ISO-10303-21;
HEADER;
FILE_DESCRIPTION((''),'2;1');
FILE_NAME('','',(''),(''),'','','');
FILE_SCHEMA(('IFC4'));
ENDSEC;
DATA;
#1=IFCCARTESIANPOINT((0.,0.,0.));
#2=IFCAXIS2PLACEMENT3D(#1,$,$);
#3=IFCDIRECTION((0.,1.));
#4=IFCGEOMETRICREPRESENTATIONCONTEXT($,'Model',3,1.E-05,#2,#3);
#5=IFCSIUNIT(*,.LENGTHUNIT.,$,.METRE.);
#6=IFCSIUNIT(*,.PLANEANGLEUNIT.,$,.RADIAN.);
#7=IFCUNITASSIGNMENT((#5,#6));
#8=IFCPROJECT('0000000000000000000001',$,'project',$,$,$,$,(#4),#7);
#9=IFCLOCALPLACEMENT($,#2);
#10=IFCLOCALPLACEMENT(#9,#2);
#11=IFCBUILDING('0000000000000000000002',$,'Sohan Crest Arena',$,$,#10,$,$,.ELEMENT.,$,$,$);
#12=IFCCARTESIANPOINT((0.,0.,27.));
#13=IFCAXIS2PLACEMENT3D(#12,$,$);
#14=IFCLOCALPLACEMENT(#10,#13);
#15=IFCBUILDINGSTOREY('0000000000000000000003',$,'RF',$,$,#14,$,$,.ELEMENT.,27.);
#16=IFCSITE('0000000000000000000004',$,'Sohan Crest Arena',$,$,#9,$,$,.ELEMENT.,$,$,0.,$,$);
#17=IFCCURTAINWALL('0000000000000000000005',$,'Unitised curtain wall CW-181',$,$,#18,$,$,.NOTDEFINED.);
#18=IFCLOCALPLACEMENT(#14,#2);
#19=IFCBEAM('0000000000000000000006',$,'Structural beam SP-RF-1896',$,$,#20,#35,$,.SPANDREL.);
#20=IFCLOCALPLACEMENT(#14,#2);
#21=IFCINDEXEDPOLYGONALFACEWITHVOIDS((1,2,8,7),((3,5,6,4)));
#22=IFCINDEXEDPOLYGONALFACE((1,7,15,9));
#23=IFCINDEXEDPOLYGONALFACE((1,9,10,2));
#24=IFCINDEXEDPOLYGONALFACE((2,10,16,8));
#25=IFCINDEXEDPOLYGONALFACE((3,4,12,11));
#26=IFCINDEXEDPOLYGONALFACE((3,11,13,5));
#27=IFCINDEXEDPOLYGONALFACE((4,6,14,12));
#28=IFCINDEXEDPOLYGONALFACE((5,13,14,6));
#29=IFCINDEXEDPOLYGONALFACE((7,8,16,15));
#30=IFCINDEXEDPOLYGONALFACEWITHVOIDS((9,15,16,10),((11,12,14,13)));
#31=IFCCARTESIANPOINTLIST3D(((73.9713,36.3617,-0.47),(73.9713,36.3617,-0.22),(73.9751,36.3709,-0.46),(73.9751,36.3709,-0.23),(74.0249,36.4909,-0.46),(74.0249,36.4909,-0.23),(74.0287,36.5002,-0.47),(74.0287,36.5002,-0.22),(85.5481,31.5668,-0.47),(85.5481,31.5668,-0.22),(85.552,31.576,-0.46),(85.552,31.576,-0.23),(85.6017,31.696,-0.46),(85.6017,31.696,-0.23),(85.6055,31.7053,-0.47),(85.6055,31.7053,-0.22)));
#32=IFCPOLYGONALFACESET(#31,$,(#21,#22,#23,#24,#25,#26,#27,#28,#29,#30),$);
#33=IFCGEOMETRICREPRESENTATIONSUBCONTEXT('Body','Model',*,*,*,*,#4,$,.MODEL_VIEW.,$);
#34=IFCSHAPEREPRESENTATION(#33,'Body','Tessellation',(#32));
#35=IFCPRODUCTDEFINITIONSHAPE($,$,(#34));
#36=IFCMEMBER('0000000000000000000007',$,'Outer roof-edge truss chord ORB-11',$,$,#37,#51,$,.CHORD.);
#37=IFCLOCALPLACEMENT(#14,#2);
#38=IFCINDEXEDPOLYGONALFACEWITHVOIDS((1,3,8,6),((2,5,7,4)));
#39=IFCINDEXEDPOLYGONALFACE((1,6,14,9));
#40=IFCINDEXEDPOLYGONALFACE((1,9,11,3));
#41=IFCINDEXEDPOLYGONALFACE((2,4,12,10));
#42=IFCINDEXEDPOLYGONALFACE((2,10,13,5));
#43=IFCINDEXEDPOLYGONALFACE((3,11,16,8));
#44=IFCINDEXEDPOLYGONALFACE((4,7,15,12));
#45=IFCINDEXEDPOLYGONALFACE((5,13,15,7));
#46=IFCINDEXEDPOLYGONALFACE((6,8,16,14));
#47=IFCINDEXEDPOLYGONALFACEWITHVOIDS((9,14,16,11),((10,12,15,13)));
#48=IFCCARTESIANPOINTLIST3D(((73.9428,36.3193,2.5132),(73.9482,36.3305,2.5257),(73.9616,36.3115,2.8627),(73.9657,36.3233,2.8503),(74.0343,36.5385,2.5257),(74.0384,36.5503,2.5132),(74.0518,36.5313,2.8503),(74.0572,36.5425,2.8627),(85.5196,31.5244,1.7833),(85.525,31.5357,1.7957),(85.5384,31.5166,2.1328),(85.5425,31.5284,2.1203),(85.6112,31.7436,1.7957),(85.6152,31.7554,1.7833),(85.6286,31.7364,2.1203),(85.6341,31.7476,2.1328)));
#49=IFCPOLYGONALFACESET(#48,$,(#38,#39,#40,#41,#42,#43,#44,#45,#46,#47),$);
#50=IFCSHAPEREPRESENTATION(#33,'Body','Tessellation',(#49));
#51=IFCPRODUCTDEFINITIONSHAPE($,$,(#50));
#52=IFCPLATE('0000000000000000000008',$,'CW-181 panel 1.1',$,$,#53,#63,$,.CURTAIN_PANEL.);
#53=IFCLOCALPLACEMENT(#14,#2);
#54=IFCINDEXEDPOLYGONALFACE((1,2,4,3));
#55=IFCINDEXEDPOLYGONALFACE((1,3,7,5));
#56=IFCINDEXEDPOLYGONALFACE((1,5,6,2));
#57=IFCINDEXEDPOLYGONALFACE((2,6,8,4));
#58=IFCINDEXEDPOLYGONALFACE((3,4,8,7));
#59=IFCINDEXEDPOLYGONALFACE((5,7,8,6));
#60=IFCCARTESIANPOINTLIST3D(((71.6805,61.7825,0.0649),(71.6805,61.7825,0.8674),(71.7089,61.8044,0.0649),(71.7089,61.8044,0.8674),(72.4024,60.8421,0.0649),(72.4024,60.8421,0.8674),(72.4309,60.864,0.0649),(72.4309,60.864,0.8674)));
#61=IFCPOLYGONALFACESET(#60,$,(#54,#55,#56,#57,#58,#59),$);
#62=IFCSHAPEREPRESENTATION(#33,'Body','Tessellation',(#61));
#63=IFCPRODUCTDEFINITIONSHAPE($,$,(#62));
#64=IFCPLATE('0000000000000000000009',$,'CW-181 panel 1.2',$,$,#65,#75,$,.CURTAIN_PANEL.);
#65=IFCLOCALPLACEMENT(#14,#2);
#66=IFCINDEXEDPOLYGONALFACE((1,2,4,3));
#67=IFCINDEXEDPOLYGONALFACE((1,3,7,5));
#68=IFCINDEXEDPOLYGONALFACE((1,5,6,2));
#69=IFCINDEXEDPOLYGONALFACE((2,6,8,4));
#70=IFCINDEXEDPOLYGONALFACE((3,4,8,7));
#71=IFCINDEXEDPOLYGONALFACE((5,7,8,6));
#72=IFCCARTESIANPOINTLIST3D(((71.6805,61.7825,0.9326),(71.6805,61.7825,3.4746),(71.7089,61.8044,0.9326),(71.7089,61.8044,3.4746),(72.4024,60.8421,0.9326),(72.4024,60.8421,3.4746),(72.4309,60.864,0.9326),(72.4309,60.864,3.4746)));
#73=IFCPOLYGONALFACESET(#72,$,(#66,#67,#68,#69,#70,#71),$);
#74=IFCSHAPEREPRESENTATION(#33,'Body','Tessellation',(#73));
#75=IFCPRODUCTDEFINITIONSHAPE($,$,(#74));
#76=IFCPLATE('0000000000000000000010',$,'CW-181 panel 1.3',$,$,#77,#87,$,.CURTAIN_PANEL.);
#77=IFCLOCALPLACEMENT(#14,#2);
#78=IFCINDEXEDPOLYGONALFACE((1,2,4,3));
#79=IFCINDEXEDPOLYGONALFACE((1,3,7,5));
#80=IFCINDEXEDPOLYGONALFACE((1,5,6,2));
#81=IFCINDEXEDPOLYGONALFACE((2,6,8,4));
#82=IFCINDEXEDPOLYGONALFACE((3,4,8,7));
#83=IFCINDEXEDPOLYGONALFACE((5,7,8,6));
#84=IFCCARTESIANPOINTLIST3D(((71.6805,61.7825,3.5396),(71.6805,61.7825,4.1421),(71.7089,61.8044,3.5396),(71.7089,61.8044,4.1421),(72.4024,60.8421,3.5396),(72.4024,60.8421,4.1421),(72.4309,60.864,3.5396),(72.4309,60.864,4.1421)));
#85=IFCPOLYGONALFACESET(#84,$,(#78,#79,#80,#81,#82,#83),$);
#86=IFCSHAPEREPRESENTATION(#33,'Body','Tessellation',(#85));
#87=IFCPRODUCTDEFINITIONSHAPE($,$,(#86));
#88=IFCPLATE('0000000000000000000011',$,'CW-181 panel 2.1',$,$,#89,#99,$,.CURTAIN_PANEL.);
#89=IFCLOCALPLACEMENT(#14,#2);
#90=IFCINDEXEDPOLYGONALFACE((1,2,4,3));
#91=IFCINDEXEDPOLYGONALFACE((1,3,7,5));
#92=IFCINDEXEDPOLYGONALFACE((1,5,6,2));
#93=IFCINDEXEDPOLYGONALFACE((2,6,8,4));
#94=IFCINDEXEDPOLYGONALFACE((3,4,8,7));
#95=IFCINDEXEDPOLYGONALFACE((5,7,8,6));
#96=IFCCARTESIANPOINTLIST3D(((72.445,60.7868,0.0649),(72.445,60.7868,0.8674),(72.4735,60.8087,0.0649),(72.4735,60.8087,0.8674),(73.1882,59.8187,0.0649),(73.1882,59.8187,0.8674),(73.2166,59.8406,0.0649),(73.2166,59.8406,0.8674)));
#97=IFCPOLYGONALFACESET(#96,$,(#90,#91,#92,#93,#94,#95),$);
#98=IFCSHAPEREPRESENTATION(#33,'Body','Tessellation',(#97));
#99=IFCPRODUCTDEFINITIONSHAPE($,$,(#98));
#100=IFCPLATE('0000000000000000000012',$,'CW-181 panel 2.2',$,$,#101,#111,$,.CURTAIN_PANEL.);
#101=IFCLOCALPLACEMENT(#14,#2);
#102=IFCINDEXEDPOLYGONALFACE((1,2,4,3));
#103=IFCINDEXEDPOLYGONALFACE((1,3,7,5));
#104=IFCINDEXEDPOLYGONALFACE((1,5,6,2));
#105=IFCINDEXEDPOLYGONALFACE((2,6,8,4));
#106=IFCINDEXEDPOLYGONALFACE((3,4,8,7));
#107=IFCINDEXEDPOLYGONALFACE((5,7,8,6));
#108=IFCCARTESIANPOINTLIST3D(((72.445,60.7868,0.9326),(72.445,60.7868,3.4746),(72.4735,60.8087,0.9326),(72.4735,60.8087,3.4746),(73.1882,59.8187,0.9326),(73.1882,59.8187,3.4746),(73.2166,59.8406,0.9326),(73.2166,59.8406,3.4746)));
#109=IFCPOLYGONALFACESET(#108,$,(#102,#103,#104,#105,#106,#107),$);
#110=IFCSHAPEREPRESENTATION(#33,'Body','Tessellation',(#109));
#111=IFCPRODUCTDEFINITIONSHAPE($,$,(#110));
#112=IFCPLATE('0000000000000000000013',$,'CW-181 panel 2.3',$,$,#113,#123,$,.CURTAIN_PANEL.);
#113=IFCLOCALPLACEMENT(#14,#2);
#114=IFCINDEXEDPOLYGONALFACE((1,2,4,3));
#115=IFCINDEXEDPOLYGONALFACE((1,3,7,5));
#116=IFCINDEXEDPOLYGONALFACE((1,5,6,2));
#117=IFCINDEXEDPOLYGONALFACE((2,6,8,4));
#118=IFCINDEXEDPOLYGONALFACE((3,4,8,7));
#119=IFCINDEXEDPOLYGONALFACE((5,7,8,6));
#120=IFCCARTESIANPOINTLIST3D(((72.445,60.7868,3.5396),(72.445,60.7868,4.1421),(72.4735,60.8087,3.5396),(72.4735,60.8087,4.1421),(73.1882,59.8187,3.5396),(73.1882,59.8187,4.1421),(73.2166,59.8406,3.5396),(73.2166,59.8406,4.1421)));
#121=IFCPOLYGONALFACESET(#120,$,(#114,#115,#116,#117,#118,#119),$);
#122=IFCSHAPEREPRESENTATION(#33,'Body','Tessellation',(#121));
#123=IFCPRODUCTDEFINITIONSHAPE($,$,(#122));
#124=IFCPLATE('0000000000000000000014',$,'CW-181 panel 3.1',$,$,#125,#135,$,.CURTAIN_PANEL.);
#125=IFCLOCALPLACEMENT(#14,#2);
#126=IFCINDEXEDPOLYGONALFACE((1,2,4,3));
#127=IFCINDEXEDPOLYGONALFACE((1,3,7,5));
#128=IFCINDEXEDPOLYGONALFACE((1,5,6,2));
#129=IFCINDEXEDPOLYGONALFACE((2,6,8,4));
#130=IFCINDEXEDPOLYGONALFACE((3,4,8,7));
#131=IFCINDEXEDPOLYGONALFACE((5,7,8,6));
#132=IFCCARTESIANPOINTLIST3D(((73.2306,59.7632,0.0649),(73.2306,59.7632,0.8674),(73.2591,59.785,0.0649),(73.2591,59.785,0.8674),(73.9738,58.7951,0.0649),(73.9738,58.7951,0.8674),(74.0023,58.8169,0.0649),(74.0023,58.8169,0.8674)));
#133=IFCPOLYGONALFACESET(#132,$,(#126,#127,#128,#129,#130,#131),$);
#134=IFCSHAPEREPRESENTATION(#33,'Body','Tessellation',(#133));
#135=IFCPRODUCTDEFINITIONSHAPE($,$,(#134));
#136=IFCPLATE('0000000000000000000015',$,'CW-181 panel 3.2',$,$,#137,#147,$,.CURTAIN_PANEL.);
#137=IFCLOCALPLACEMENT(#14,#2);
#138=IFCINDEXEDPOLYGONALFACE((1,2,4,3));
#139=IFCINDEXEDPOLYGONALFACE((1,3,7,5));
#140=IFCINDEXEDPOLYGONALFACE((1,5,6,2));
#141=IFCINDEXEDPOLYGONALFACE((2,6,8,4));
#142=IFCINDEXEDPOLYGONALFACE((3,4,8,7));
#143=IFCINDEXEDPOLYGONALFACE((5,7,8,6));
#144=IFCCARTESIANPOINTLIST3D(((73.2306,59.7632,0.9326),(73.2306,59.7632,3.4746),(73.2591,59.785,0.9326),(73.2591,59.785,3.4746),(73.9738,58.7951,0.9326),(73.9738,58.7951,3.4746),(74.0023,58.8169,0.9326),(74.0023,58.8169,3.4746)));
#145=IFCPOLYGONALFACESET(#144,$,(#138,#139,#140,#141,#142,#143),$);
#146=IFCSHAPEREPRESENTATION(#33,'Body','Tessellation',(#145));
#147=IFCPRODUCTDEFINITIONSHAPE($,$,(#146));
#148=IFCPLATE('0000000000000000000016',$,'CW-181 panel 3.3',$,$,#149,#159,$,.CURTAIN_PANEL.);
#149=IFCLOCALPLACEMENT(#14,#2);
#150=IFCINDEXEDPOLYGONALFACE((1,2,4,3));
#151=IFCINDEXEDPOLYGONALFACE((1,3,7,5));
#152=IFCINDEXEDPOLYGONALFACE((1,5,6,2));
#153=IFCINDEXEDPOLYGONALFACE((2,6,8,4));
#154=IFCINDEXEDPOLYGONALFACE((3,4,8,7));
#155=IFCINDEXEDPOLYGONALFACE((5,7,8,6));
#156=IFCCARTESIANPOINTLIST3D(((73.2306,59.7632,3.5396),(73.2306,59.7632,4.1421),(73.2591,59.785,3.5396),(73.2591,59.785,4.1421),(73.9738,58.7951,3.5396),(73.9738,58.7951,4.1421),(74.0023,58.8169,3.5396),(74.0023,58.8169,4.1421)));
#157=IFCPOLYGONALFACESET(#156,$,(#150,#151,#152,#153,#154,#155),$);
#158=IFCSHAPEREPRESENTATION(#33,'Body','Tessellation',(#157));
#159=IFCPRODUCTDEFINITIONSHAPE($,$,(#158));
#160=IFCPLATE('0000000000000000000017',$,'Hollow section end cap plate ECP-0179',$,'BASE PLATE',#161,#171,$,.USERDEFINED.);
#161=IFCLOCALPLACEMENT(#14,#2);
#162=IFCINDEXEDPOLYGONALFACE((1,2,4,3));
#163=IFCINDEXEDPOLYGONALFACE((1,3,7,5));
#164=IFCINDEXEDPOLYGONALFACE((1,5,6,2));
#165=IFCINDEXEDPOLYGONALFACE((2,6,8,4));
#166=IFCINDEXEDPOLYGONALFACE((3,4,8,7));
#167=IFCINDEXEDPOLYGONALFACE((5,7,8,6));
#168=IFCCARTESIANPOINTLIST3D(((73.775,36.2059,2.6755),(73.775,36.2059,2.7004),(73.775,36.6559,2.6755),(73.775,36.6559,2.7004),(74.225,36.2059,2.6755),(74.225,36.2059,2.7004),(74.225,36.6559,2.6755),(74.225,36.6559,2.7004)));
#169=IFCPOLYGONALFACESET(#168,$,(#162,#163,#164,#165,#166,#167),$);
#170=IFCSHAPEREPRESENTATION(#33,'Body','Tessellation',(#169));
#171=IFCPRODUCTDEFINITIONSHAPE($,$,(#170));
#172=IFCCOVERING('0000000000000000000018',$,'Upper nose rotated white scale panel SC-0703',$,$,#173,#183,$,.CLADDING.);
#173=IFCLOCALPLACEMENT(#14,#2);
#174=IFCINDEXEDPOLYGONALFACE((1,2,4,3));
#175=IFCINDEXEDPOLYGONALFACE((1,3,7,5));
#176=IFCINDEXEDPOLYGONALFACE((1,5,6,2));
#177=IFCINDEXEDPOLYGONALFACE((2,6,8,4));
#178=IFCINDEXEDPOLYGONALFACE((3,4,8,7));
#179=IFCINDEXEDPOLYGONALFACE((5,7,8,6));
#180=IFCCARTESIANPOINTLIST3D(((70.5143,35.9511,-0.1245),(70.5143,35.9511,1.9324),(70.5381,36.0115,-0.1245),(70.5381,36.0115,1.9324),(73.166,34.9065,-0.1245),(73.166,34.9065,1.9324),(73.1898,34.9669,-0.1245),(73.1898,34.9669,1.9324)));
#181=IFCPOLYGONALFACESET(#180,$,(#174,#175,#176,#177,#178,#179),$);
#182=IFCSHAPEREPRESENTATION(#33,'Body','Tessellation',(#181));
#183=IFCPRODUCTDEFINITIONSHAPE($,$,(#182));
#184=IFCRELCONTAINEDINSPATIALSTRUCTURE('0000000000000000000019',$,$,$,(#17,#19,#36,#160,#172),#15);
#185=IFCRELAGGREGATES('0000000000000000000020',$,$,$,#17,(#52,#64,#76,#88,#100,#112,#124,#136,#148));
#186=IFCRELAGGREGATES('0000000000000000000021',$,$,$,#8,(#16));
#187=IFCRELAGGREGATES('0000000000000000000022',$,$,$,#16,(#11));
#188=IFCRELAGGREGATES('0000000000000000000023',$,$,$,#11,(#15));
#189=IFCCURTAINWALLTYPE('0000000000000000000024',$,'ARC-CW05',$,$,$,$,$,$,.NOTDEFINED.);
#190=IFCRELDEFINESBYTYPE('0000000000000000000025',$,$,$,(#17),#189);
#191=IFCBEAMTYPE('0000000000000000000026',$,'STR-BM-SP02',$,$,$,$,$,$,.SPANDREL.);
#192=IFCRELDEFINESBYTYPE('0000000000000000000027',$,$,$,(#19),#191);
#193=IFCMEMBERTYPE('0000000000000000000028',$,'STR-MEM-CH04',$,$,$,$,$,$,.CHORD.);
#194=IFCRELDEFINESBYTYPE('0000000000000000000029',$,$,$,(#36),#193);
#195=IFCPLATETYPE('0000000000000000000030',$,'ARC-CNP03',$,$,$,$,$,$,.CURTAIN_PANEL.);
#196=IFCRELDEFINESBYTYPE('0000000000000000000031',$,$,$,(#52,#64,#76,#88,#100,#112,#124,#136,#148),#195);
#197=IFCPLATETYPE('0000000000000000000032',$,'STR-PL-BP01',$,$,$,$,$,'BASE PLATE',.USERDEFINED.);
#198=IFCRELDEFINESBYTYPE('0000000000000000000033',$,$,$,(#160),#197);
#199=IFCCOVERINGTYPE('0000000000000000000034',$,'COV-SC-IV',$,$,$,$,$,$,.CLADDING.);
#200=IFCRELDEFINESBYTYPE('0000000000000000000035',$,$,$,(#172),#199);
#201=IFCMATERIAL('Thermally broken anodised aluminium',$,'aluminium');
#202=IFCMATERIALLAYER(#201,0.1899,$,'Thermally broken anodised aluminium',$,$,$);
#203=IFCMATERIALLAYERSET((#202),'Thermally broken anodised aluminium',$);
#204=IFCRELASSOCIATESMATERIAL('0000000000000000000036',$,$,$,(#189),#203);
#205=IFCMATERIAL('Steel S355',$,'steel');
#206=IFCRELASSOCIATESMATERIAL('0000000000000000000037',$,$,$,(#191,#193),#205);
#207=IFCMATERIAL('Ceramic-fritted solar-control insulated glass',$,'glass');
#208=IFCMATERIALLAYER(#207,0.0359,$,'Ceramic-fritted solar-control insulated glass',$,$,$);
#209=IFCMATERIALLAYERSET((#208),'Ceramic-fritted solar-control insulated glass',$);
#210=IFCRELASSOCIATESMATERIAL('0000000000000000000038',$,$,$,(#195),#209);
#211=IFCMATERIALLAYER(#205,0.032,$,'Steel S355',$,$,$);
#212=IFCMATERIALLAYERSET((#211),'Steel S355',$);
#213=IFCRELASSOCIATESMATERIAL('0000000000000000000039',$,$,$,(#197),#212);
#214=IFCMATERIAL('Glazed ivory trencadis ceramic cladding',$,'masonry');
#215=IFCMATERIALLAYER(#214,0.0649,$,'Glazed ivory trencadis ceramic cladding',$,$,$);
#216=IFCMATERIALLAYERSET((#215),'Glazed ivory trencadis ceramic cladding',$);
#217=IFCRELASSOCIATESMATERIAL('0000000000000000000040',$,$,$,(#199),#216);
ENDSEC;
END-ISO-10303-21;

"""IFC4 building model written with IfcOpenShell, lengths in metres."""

from ifc_helpers import new_model, si_unit, direction, frame, origin, origin_2d, place, context, subcontext, project, spatial, rectangle, hollow_rectangle, extrude, material, layer, layer_set, material_profile, profile_set, type_object, element, aggregate, save


model = new_model("IFC4")

# Units and contexts
model_context = context("Model", 3, precision=1e-05, world=origin(), true_north=direction((0.0, 1.0)))
body_context = subcontext(model_context, "Body", "Model", "MODEL_VIEW")
ifc_project = project(units=[si_unit("LENGTHUNIT", "METRE"), si_unit("PLANEANGLEUNIT", "RADIAN")], contexts=[model_context])

# Site, building, storey
site_placement = place(None, origin())
site = spatial("IfcSite", under=ifc_project, at=site_placement, Name="Sohan Crest Arena", CompositionType="ELEMENT", RefElevation=0.0)
building_placement = place(site_placement, origin())
building = spatial("IfcBuilding", under=site, at=building_placement, Name="Sohan Crest Arena", CompositionType="ELEMENT")
storey_placement = place(building_placement, frame((0.0, 0.0, 27.0)))
storey = spatial("IfcBuildingStorey", under=building, at=storey_placement, Name="RF", CompositionType="ELEMENT", Elevation=27.0)

# Shared definitions
ifc_material_1 = material(Name="Steel S355", Category="steel")

# Curtain wall
ifc_material_2 = material(Name="Thermally broken anodised aluminium", Category="aluminium")
ifc_layer_1 = layer(ifc_material_2, 0.1899, Name="Thermally broken anodised aluminium")
ifc_layer_set_1 = layer_set([ifc_layer_1], Name="Thermally broken anodised aluminium")
curtain_wall_type = type_object("IfcCurtainWallType", Name="ARC-CW05", PredefinedType="NOTDEFINED", material=ifc_layer_set_1)
curtain_wall_placement = place(storey_placement, origin())
curtain_wall = element("IfcCurtainWall", 1, at=curtain_wall_placement, inside=storey, type_object=curtain_wall_type, Name="Unitised curtain wall CW-181", PredefinedType="NOTDEFINED")

# Beam
ifc_material_profile_1 = material_profile(ifc_material_1, hollow_rectangle(XDim=0.1499, YDim=0.25, WallThickness=0.01, at=origin_2d()), Name="RHS 250x150x10")
ifc_profile_set_1 = profile_set([ifc_material_profile_1], Name="Steel S355")
beam_type_1 = type_object("IfcBeamType", Name="STR-BM-SP02", PredefinedType="SPANDREL", material=ifc_profile_set_1)
beam_1_placement = place(storey_placement, frame((74.0, 36.4309, -0.345), z_axis=(0.923891, -0.382657, 0.0), x_axis=(0.382657, 0.923891, 0.0)))
element("IfcBeam", 2, at=beam_1_placement, inside=storey, type_object=beam_type_1, Name="Structural beam SP-RF-1896", PredefinedType="SPANDREL", context=body_context, shape_type="SweptSolid", body=[
    extrude(hollow_rectangle(XDim=0.1499, YDim=0.25, WallThickness=0.01, at=origin_2d()), origin(), (0.0, 0.0, 1.0), 12.5305),
])

# Member
ifc_material_profile_2 = material_profile(ifc_material_1, hollow_rectangle(XDim=0.25, YDim=0.3501, WallThickness=0.0125, at=origin_2d()), Name="RHS 350x250x12.5")
ifc_profile_set_2 = profile_set([ifc_material_profile_2], Name="Steel S355")
member_type_1 = type_object("IfcMemberType", Name="STR-MEM-CH04", PredefinedType="CHORD", material=ifc_profile_set_2)
member_1_placement = place(storey_placement, frame((74.0, 36.4309, 2.688), z_axis=(0.922327, -0.382009, -0.058157), x_axis=(0.382657, 0.923891, 0.0)))
element("IfcMember", 3, at=member_1_placement, inside=storey, type_object=member_type_1, Name="Outer roof-edge truss chord ORB-11", PredefinedType="CHORD", context=body_context, shape_type="SweptSolid", body=[
    extrude(hollow_rectangle(XDim=0.25, YDim=0.3501, WallThickness=0.0125, at=origin_2d()), origin(), (0.0, 0.0, 1.0), 12.5518),
])

# Plates
ifc_material_3 = material(Name="Ceramic-fritted solar-control insulated glass", Category="glass")
ifc_layer_2 = layer(ifc_material_3, 0.0359, Name="Ceramic-fritted solar-control insulated glass")
ifc_layer_set_2 = layer_set([ifc_layer_2], Name="Ceramic-fritted solar-control insulated glass")
plate_type_1 = type_object("IfcPlateType", Name="ARC-CNP03", PredefinedType="CURTAIN_PANEL", material=ifc_layer_set_2)
plate_1_placement = place(storey_placement, frame((72.0557, 61.3232, 0.0649), z_axis=(0.0, 0.0, 1.0), x_axis=(0.608939, -0.793217, 0.0)))
plate_1 = element("IfcPlate", 4, at=plate_1_placement, type_object=plate_type_1, Name="CW-181 panel 1.1", PredefinedType="CURTAIN_PANEL", context=body_context, shape_type="SweptSolid", body=[
    extrude(rectangle(XDim=1.1855, YDim=0.0359, at=origin_2d()), origin(), (0.0, 0.0, 1.0), 0.8025),
])
plate_2_placement = place(storey_placement, frame((72.0557, 61.3232, 0.9326), z_axis=(0.0, 0.0, 1.0), x_axis=(0.608939, -0.793217, 0.0)))
plate_2 = element("IfcPlate", 5, at=plate_2_placement, type_object=plate_type_1, Name="CW-181 panel 1.2", PredefinedType="CURTAIN_PANEL", context=body_context, shape_type="SweptSolid", body=[
    extrude(rectangle(XDim=1.1855, YDim=0.0359, at=origin_2d()), origin(), (0.0, 0.0, 1.0), 2.542),
])
plate_3_placement = place(storey_placement, frame((72.0557, 61.3232, 3.5396), z_axis=(0.0, 0.0, 1.0), x_axis=(0.608939, -0.793217, 0.0)))
plate_3 = element("IfcPlate", 6, at=plate_3_placement, type_object=plate_type_1, Name="CW-181 panel 1.3", PredefinedType="CURTAIN_PANEL", context=body_context, shape_type="SweptSolid", body=[
    extrude(rectangle(XDim=1.1855, YDim=0.0359, at=origin_2d()), origin(), (0.0, 0.0, 1.0), 0.6025),
])
plate_4_placement = place(storey_placement, frame((72.8308, 60.3137, 0.0649), z_axis=(0.0, 0.0, 1.0), x_axis=(0.608939, -0.793217, 0.0)))
plate_4 = element("IfcPlate", 7, at=plate_4_placement, type_object=plate_type_1, Name="CW-181 panel 2.1", PredefinedType="CURTAIN_PANEL", context=body_context, shape_type="SweptSolid", body=[
    extrude(rectangle(XDim=1.2205, YDim=0.0359, at=origin_2d()), origin(), (0.0, 0.0, 1.0), 0.8025),
])
plate_5_placement = place(storey_placement, frame((72.8308, 60.3137, 0.9326), z_axis=(0.0, 0.0, 1.0), x_axis=(0.608939, -0.793217, 0.0)))
plate_5 = element("IfcPlate", 8, at=plate_5_placement, type_object=plate_type_1, Name="CW-181 panel 2.2", PredefinedType="CURTAIN_PANEL", context=body_context, shape_type="SweptSolid", body=[
    extrude(rectangle(XDim=1.2205, YDim=0.0359, at=origin_2d()), origin(), (0.0, 0.0, 1.0), 2.542),
])
plate_6_placement = place(storey_placement, frame((72.8308, 60.3137, 3.5396), z_axis=(0.0, 0.0, 1.0), x_axis=(0.608939, -0.793217, 0.0)))
plate_6 = element("IfcPlate", 9, at=plate_6_placement, type_object=plate_type_1, Name="CW-181 panel 2.3", PredefinedType="CURTAIN_PANEL", context=body_context, shape_type="SweptSolid", body=[
    extrude(rectangle(XDim=1.2205, YDim=0.0359, at=origin_2d()), origin(), (0.0, 0.0, 1.0), 0.6025),
])
plate_7_placement = place(storey_placement, frame((73.6165, 59.29, 0.0649), z_axis=(0.0, 0.0, 1.0), x_axis=(0.608939, -0.793217, 0.0)))
plate_7 = element("IfcPlate", 10, at=plate_7_placement, type_object=plate_type_1, Name="CW-181 panel 3.1", PredefinedType="CURTAIN_PANEL", context=body_context, shape_type="SweptSolid", body=[
    extrude(rectangle(XDim=1.2205, YDim=0.0359, at=origin_2d()), origin(), (0.0, 0.0, 1.0), 0.8025),
])
plate_8_placement = place(storey_placement, frame((73.6165, 59.29, 0.9326), z_axis=(0.0, 0.0, 1.0), x_axis=(0.608939, -0.793217, 0.0)))
plate_8 = element("IfcPlate", 11, at=plate_8_placement, type_object=plate_type_1, Name="CW-181 panel 3.2", PredefinedType="CURTAIN_PANEL", context=body_context, shape_type="SweptSolid", body=[
    extrude(rectangle(XDim=1.2205, YDim=0.0359, at=origin_2d()), origin(), (0.0, 0.0, 1.0), 2.542),
])
plate_9_placement = place(storey_placement, frame((73.6165, 59.29, 3.5396), z_axis=(0.0, 0.0, 1.0), x_axis=(0.608939, -0.793217, 0.0)))
plate_9 = element("IfcPlate", 12, at=plate_9_placement, type_object=plate_type_1, Name="CW-181 panel 3.3", PredefinedType="CURTAIN_PANEL", context=body_context, shape_type="SweptSolid", body=[
    extrude(rectangle(XDim=1.2205, YDim=0.0359, at=origin_2d()), origin(), (0.0, 0.0, 1.0), 0.6025),
])
aggregate(curtain_wall, [plate_1, plate_2, plate_3, plate_4, plate_5, plate_6, plate_7, plate_8, plate_9])
ifc_layer_3 = layer(ifc_material_1, 0.032, Name="Steel S355")
ifc_layer_set_3 = layer_set([ifc_layer_3], Name="Steel S355")
plate_type_2 = type_object("IfcPlateType", Name="STR-PL-BP01", ElementType="BASE PLATE", PredefinedType="USERDEFINED", material=ifc_layer_set_3)
plate_10_placement = place(storey_placement, frame((74.0, 36.4309, 2.6755), z_axis=(0.0, 0.0, 1.0), x_axis=(1.0, 0.0, 0.0)))
element("IfcPlate", 13, at=plate_10_placement, inside=storey, type_object=plate_type_2, Name="Hollow section end cap plate ECP-0179", ObjectType="BASE PLATE", PredefinedType="USERDEFINED", context=body_context, shape_type="SweptSolid", body=[
    extrude(rectangle(XDim=0.45, YDim=0.45, at=origin_2d()), origin(), (0.0, 0.0, 1.0), 0.0249),
])

# Covering
ifc_material_4 = material(Name="Glazed ivory trencadis ceramic cladding", Category="masonry")
ifc_layer_4 = layer(ifc_material_4, 0.0649, Name="Glazed ivory trencadis ceramic cladding")
ifc_layer_set_4 = layer_set([ifc_layer_4], Name="Glazed ivory trencadis ceramic cladding")
covering_type = type_object("IfcCoveringType", Name="COV-SC-IV", PredefinedType="CLADDING", material=ifc_layer_set_4)
covering_1_placement = place(storey_placement, frame((71.8521, 35.459, -0.1245), z_axis=(0.0, 0.0, 1.0), x_axis=(0.930418, -0.366501, 0.0)))
element("IfcCovering", 14, at=covering_1_placement, inside=storey, type_object=covering_type, Name="Upper nose rotated white scale panel SC-0703", PredefinedType="CLADDING", context=body_context, shape_type="SweptSolid", body=[
    extrude(rectangle(XDim=2.8501, YDim=0.0649, at=origin_2d()), origin(), (0.0, 0.0, 1.0), 2.0569),
])

save(model, "model.ifc")
